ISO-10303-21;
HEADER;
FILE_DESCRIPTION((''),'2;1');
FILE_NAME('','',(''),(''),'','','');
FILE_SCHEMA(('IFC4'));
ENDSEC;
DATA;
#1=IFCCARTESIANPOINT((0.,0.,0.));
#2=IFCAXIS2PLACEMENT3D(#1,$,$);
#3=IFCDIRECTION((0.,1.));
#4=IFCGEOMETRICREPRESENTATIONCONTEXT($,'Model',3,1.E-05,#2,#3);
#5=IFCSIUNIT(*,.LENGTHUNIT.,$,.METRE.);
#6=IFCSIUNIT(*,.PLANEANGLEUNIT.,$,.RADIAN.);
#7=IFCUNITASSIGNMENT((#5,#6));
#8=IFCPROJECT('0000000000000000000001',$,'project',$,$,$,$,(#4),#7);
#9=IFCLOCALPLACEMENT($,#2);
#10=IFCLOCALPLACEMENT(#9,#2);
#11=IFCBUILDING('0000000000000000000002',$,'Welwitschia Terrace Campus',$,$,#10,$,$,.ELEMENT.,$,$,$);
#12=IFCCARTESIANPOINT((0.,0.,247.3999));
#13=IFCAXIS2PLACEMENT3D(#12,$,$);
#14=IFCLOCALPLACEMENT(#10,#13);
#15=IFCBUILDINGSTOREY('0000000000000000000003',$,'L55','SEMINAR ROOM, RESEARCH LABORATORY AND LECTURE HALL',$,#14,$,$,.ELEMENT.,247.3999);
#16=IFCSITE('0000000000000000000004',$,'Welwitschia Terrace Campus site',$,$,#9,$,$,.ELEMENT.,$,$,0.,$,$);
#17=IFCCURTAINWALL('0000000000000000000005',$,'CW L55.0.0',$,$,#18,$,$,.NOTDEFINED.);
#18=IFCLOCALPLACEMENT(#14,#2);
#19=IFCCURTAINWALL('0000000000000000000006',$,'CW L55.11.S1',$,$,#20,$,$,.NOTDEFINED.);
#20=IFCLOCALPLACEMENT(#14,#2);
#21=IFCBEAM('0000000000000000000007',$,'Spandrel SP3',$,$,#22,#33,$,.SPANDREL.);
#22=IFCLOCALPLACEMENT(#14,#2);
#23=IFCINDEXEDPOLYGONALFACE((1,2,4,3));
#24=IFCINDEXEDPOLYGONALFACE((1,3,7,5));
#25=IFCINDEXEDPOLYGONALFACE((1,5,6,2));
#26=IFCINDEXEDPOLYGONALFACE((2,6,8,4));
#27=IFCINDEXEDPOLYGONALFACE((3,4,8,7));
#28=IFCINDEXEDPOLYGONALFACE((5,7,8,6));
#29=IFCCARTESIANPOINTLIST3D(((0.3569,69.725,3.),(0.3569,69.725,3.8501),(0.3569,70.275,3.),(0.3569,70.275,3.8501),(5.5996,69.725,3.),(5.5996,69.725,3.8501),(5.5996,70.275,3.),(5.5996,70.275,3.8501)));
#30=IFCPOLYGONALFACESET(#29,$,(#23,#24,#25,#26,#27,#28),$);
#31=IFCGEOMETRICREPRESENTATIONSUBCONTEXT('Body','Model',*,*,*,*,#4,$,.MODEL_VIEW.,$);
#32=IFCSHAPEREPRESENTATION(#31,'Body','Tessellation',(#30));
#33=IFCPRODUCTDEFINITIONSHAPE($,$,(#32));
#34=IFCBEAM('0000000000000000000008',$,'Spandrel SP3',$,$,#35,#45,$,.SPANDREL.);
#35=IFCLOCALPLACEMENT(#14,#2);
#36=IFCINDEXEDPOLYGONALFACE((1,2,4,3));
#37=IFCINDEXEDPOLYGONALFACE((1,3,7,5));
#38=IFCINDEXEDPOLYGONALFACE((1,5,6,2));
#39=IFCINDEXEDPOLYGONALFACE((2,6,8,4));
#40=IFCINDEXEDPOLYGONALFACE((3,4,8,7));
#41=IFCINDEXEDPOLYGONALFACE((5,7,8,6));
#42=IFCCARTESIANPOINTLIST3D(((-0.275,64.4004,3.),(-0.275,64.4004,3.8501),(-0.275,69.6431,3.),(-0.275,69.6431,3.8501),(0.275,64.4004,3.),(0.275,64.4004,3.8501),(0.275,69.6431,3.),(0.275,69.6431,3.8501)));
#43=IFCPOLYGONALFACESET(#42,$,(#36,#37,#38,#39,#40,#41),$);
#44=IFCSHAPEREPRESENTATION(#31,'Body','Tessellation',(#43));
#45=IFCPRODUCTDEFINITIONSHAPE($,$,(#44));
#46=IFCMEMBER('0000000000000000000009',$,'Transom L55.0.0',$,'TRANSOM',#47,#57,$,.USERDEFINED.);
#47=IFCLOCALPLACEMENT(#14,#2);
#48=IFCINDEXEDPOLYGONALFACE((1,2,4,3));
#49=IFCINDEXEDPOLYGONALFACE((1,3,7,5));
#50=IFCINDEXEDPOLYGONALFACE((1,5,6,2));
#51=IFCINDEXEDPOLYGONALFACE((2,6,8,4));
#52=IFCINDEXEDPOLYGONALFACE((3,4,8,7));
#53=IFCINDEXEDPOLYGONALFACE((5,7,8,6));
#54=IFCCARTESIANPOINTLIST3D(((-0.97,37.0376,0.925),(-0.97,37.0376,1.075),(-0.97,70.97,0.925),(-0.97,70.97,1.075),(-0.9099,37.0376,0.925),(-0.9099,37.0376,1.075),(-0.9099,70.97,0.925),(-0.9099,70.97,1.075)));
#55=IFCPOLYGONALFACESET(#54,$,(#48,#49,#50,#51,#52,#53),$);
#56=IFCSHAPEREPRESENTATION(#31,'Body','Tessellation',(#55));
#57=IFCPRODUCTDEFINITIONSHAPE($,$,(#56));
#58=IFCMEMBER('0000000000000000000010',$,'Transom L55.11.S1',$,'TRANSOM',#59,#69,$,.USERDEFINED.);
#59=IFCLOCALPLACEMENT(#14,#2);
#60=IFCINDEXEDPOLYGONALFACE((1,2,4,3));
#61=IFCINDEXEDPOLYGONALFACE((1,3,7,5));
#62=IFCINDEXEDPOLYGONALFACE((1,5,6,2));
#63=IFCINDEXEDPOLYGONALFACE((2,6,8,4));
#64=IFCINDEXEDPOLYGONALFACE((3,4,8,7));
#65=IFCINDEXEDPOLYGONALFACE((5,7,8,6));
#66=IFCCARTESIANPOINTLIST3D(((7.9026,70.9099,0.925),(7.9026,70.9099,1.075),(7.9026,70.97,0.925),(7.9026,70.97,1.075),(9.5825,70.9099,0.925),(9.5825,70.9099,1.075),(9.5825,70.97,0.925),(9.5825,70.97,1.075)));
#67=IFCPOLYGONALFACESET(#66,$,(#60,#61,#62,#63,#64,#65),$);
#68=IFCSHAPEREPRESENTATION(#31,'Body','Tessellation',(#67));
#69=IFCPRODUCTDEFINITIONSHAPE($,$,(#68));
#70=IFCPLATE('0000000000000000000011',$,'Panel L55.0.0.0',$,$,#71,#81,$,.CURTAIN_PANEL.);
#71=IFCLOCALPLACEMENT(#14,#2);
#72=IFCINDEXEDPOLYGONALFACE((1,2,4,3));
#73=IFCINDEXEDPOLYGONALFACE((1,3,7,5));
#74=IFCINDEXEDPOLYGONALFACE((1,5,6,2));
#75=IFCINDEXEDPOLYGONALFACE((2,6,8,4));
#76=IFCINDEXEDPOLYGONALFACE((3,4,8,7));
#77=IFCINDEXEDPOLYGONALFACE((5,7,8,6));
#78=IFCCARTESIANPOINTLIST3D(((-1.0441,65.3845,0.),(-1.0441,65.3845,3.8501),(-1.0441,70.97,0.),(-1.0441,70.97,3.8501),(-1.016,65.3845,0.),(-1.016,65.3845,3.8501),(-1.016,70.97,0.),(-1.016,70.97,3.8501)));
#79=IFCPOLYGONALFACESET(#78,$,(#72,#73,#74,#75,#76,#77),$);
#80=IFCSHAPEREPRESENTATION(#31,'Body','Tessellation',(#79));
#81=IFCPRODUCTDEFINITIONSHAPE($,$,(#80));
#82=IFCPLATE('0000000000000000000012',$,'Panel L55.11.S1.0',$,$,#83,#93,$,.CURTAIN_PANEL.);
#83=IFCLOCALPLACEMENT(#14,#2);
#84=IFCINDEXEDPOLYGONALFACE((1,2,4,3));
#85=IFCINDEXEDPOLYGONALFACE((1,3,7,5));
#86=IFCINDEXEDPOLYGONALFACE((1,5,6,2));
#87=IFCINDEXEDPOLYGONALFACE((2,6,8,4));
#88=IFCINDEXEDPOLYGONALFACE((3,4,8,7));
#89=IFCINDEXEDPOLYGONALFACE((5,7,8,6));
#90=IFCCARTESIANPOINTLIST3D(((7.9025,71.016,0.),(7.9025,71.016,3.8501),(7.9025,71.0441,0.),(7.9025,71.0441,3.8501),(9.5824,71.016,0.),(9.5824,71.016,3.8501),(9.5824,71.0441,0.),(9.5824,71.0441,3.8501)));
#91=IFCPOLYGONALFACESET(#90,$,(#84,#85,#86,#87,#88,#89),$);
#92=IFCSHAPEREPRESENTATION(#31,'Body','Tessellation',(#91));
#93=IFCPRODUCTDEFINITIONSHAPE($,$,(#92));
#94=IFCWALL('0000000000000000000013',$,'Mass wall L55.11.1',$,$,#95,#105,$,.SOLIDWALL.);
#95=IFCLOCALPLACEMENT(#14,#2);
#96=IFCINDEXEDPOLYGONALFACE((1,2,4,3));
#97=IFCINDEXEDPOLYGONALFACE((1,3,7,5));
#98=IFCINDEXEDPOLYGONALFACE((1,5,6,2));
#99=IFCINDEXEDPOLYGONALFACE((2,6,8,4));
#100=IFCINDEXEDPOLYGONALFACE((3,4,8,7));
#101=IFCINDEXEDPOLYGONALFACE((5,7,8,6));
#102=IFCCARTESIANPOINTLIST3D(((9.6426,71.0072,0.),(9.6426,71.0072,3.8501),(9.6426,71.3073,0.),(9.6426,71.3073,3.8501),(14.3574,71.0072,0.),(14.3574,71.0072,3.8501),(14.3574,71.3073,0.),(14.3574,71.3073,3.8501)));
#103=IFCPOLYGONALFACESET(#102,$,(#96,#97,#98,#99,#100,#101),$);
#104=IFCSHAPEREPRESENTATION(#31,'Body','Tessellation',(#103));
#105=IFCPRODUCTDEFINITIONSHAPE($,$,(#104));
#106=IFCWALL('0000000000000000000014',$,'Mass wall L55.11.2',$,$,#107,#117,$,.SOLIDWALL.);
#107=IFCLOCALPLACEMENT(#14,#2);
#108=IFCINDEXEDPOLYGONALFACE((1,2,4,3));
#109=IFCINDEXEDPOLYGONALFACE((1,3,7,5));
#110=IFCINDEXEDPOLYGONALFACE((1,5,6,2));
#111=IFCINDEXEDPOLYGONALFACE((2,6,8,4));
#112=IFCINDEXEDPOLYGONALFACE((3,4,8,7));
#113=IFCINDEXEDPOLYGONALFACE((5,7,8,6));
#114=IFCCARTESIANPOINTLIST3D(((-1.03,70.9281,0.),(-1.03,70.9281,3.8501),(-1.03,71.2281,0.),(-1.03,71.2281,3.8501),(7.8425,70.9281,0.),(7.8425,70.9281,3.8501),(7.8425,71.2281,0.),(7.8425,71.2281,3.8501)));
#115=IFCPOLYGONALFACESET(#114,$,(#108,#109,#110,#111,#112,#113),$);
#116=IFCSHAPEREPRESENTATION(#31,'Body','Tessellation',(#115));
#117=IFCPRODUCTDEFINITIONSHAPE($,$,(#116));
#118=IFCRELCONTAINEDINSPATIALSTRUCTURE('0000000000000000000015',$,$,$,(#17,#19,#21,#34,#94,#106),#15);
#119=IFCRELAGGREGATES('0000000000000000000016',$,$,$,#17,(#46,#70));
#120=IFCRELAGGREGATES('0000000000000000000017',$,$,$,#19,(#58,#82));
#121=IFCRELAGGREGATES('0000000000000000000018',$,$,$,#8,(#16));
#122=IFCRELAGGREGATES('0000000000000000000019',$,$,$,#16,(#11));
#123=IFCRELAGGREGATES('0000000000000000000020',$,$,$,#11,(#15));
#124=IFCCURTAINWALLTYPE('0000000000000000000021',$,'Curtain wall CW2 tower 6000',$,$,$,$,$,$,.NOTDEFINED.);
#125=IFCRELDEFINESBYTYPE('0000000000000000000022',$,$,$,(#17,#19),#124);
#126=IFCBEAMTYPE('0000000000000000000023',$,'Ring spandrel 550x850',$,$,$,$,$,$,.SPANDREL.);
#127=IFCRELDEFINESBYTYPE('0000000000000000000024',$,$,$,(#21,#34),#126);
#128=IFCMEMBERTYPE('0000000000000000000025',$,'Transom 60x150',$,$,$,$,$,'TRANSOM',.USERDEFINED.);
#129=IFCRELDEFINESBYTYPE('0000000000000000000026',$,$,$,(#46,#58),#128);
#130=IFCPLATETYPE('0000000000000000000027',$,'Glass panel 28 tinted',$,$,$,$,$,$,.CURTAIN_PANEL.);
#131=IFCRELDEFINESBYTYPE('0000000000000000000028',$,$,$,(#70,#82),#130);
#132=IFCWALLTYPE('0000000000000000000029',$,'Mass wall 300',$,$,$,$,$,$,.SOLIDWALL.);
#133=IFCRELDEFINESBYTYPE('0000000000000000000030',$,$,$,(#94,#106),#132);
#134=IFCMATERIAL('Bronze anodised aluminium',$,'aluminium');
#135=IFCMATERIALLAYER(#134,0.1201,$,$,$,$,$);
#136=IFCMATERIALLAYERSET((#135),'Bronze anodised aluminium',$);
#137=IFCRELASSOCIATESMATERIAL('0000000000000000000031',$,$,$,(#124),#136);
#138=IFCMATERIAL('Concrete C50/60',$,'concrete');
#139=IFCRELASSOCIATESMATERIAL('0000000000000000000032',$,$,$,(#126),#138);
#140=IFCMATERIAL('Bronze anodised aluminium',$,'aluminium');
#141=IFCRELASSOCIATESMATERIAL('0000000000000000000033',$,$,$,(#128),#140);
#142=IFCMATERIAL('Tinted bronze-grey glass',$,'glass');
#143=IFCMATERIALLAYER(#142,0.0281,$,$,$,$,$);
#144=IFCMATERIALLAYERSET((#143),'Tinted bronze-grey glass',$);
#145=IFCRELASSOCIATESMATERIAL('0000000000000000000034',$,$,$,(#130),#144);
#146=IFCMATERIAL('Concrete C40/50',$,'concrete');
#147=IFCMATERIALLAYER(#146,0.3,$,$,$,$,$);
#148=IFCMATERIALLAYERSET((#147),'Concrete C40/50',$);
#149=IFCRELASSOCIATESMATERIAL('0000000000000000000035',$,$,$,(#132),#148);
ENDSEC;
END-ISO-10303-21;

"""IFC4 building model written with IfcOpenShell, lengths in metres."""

from ifc_helpers import new_model, si_unit, direction, frame, frame_2d, origin, origin_2d, place, context, subcontext, project, spatial, rectangle, extrude, material, layer, layer_set, material_profile, profile_set, type_object, element, aggregate, save


model = new_model("IFC4")

# Units and contexts
model_context = context("Model", 3, precision=1e-05, world=origin(), true_north=direction((0.0, 1.0)))
body_context = subcontext(model_context, "Body", "Model", "MODEL_VIEW")
ifc_project = project(units=[si_unit("LENGTHUNIT", "METRE"), si_unit("PLANEANGLEUNIT", "RADIAN")], contexts=[model_context])

# Site, building, storey
site_placement = place(None, origin())
site = spatial("IfcSite", under=ifc_project, at=site_placement, Name="Welwitschia Terrace Campus site", CompositionType="ELEMENT", RefElevation=0.0)
building_placement = place(site_placement, origin())
building = spatial("IfcBuilding", under=site, at=building_placement, Name="Welwitschia Terrace Campus", CompositionType="ELEMENT")
storey_placement = place(building_placement, frame((0.0, 0.0, 247.3999)))
storey = spatial("IfcBuildingStorey", under=building, at=storey_placement, Name="L55", Description="SEMINAR ROOM, RESEARCH LABORATORY AND LECTURE HALL", CompositionType="ELEMENT", Elevation=247.3999)

# Curtain walls
ifc_material_1 = material(Name="Bronze anodised aluminium", Category="aluminium")
ifc_layer_1 = layer(ifc_material_1, 0.1201)
ifc_layer_set_1 = layer_set([ifc_layer_1], Name="Bronze anodised aluminium")
curtain_wall_type = type_object("IfcCurtainWallType", Name="Curtain wall CW2 tower 6000", PredefinedType="NOTDEFINED", material=ifc_layer_set_1)
curtain_wall_1_placement = place(storey_placement, origin())
curtain_wall_1 = element("IfcCurtainWall", 1, at=curtain_wall_1_placement, inside=storey, type_object=curtain_wall_type, Name="CW L55.0.0", PredefinedType="NOTDEFINED")
curtain_wall_2_placement = place(storey_placement, origin())
curtain_wall_2 = element("IfcCurtainWall", 2, at=curtain_wall_2_placement, inside=storey, type_object=curtain_wall_type, Name="CW L55.11.S1", PredefinedType="NOTDEFINED")

# Beams
ifc_material_2 = material(Name="Concrete C50/60", Category="concrete")
ifc_material_profile_1 = material_profile(ifc_material_2, rectangle(XDim=0.55, YDim=0.8501, at=origin_2d()))
ifc_profile_set_1 = profile_set([ifc_material_profile_1], Name="Concrete C50/60")
beam_type_1 = type_object("IfcBeamType", Name="Ring spandrel 550x850", PredefinedType="SPANDREL", material=ifc_profile_set_1)
for number, where, z_axis, x_axis, name in (
    (3, (5.5996, 70.0, 3.425), (-1.0, 0.0, 0.0), (0.0, -1.0, 0.0), "Spandrel SP3"),
    (4, (0.0, 69.6431, 3.425), (0.0, -1.0, 0.0), (1.0, 0.0, 0.0), "Spandrel SP3"),
):
    element("IfcBeam", number, at=place(storey_placement, frame(where, z_axis=z_axis, x_axis=x_axis)), inside=storey, type_object=beam_type_1, Name=name, PredefinedType="SPANDREL", context=body_context, shape_type="SweptSolid", body=[
        extrude(rectangle(XDim=0.55, YDim=0.8501, at=origin_2d()), origin(), (0.0, 0.0, 1.0), 5.2427),
    ])

# Members
ifc_material_3 = material(Name="Bronze anodised aluminium", Category="aluminium")
ifc_material_profile_2 = material_profile(ifc_material_3, rectangle(XDim=0.0601, YDim=0.1499, at=origin_2d()))
ifc_profile_set_2 = profile_set([ifc_material_profile_2], Name="Bronze anodised aluminium")
member_type_1 = type_object("IfcMemberType", Name="Transom 60x150", ElementType="TRANSOM", PredefinedType="USERDEFINED", material=ifc_profile_set_2)
member_1_placement = place(storey_placement, frame((-0.9399, 70.97, 1.0), z_axis=(0.0, -1.0, 0.0), x_axis=(1.0, 0.0, 0.0)))
member_1 = element("IfcMember", 5, at=member_1_placement, type_object=member_type_1, Name="Transom L55.0.0", ObjectType="TRANSOM", PredefinedType="USERDEFINED", context=body_context, shape_type="SweptSolid", body=[
    extrude(rectangle(XDim=0.0601, YDim=0.1499, at=origin_2d()), origin(), (0.0, 0.0, 1.0), 33.9324),
])
member_2_placement = place(storey_placement, frame((9.5825, 70.9399, 1.0), z_axis=(-1.0, 0.0, 0.0), x_axis=(0.0, -1.0, 0.0)))
member_2 = element("IfcMember", 6, at=member_2_placement, type_object=member_type_1, Name="Transom L55.11.S1", ObjectType="TRANSOM", PredefinedType="USERDEFINED", context=body_context, shape_type="SweptSolid", body=[
    extrude(rectangle(XDim=0.0601, YDim=0.1499, at=origin_2d()), origin(), (0.0, 0.0, 1.0), 1.6799),
])

# Plates
ifc_material_4 = material(Name="Tinted bronze-grey glass", Category="glass")
ifc_layer_2 = layer(ifc_material_4, 0.0281)
ifc_layer_set_2 = layer_set([ifc_layer_2], Name="Tinted bronze-grey glass")
plate_type = type_object("IfcPlateType", Name="Glass panel 28 tinted", PredefinedType="CURTAIN_PANEL", material=ifc_layer_set_2)
plate_1_placement = place(storey_placement, frame((-1.03, 68.1772, 0.0), z_axis=(0.0, 0.0, 1.0), x_axis=(0.0, -1.0, 0.0)))
plate_1 = element("IfcPlate", 7, at=plate_1_placement, type_object=plate_type, Name="Panel L55.0.0.0", PredefinedType="CURTAIN_PANEL", context=body_context, shape_type="SweptSolid", body=[
    extrude(rectangle(XDim=5.5854, YDim=0.0281, at=origin_2d()), origin(), (0.0, 0.0, 1.0), 3.8501),
])
aggregate(curtain_wall_1, [member_1, plate_1])
plate_2_placement = place(storey_placement, frame((8.7424, 71.03, 0.0), z_axis=(0.0, 0.0, 1.0), x_axis=(-1.0, 0.0, 0.0)))
plate_2 = element("IfcPlate", 8, at=plate_2_placement, type_object=plate_type, Name="Panel L55.11.S1.0", PredefinedType="CURTAIN_PANEL", context=body_context, shape_type="SweptSolid", body=[
    extrude(rectangle(XDim=1.6799, YDim=0.0281, at=origin_2d()), origin(), (0.0, 0.0, 1.0), 3.8501),
])
aggregate(curtain_wall_2, [member_2, plate_2])

# Walls
ifc_material_5 = material(Name="Concrete C40/50", Category="concrete")
ifc_layer_3 = layer(ifc_material_5, 0.3)
ifc_layer_set_3 = layer_set([ifc_layer_3], Name="Concrete C40/50")
wall_type = type_object("IfcWallType", Name="Mass wall 300", PredefinedType="SOLIDWALL", material=ifc_layer_set_3)
wall_1_placement = place(storey_placement, frame((14.3574, 71.1572, 0.0), z_axis=(0.0, 0.0, 1.0), x_axis=(-1.0, 0.0, 0.0)))
element("IfcWall", 9, at=wall_1_placement, inside=storey, type_object=wall_type, Name="Mass wall L55.11.1", PredefinedType="SOLIDWALL", context=body_context, shape_type="SweptSolid", body=[
    extrude(rectangle(XDim=4.7148, YDim=0.3, at=frame_2d((2.3574, 0.0))), origin(), (0.0, 0.0, 1.0), 3.8501),
])
wall_2_placement = place(storey_placement, frame((7.8425, 71.0781, 0.0), z_axis=(0.0, 0.0, 1.0), x_axis=(-1.0, 0.0, 0.0)))
element("IfcWall", 10, at=wall_2_placement, inside=storey, type_object=wall_type, Name="Mass wall L55.11.2", PredefinedType="SOLIDWALL", context=body_context, shape_type="SweptSolid", body=[
    extrude(rectangle(XDim=8.8726, YDim=0.3, at=frame_2d((4.4363, 0.0))), origin(), (0.0, 0.0, 1.0), 3.8501),
])

save(model, "model.ifc")
